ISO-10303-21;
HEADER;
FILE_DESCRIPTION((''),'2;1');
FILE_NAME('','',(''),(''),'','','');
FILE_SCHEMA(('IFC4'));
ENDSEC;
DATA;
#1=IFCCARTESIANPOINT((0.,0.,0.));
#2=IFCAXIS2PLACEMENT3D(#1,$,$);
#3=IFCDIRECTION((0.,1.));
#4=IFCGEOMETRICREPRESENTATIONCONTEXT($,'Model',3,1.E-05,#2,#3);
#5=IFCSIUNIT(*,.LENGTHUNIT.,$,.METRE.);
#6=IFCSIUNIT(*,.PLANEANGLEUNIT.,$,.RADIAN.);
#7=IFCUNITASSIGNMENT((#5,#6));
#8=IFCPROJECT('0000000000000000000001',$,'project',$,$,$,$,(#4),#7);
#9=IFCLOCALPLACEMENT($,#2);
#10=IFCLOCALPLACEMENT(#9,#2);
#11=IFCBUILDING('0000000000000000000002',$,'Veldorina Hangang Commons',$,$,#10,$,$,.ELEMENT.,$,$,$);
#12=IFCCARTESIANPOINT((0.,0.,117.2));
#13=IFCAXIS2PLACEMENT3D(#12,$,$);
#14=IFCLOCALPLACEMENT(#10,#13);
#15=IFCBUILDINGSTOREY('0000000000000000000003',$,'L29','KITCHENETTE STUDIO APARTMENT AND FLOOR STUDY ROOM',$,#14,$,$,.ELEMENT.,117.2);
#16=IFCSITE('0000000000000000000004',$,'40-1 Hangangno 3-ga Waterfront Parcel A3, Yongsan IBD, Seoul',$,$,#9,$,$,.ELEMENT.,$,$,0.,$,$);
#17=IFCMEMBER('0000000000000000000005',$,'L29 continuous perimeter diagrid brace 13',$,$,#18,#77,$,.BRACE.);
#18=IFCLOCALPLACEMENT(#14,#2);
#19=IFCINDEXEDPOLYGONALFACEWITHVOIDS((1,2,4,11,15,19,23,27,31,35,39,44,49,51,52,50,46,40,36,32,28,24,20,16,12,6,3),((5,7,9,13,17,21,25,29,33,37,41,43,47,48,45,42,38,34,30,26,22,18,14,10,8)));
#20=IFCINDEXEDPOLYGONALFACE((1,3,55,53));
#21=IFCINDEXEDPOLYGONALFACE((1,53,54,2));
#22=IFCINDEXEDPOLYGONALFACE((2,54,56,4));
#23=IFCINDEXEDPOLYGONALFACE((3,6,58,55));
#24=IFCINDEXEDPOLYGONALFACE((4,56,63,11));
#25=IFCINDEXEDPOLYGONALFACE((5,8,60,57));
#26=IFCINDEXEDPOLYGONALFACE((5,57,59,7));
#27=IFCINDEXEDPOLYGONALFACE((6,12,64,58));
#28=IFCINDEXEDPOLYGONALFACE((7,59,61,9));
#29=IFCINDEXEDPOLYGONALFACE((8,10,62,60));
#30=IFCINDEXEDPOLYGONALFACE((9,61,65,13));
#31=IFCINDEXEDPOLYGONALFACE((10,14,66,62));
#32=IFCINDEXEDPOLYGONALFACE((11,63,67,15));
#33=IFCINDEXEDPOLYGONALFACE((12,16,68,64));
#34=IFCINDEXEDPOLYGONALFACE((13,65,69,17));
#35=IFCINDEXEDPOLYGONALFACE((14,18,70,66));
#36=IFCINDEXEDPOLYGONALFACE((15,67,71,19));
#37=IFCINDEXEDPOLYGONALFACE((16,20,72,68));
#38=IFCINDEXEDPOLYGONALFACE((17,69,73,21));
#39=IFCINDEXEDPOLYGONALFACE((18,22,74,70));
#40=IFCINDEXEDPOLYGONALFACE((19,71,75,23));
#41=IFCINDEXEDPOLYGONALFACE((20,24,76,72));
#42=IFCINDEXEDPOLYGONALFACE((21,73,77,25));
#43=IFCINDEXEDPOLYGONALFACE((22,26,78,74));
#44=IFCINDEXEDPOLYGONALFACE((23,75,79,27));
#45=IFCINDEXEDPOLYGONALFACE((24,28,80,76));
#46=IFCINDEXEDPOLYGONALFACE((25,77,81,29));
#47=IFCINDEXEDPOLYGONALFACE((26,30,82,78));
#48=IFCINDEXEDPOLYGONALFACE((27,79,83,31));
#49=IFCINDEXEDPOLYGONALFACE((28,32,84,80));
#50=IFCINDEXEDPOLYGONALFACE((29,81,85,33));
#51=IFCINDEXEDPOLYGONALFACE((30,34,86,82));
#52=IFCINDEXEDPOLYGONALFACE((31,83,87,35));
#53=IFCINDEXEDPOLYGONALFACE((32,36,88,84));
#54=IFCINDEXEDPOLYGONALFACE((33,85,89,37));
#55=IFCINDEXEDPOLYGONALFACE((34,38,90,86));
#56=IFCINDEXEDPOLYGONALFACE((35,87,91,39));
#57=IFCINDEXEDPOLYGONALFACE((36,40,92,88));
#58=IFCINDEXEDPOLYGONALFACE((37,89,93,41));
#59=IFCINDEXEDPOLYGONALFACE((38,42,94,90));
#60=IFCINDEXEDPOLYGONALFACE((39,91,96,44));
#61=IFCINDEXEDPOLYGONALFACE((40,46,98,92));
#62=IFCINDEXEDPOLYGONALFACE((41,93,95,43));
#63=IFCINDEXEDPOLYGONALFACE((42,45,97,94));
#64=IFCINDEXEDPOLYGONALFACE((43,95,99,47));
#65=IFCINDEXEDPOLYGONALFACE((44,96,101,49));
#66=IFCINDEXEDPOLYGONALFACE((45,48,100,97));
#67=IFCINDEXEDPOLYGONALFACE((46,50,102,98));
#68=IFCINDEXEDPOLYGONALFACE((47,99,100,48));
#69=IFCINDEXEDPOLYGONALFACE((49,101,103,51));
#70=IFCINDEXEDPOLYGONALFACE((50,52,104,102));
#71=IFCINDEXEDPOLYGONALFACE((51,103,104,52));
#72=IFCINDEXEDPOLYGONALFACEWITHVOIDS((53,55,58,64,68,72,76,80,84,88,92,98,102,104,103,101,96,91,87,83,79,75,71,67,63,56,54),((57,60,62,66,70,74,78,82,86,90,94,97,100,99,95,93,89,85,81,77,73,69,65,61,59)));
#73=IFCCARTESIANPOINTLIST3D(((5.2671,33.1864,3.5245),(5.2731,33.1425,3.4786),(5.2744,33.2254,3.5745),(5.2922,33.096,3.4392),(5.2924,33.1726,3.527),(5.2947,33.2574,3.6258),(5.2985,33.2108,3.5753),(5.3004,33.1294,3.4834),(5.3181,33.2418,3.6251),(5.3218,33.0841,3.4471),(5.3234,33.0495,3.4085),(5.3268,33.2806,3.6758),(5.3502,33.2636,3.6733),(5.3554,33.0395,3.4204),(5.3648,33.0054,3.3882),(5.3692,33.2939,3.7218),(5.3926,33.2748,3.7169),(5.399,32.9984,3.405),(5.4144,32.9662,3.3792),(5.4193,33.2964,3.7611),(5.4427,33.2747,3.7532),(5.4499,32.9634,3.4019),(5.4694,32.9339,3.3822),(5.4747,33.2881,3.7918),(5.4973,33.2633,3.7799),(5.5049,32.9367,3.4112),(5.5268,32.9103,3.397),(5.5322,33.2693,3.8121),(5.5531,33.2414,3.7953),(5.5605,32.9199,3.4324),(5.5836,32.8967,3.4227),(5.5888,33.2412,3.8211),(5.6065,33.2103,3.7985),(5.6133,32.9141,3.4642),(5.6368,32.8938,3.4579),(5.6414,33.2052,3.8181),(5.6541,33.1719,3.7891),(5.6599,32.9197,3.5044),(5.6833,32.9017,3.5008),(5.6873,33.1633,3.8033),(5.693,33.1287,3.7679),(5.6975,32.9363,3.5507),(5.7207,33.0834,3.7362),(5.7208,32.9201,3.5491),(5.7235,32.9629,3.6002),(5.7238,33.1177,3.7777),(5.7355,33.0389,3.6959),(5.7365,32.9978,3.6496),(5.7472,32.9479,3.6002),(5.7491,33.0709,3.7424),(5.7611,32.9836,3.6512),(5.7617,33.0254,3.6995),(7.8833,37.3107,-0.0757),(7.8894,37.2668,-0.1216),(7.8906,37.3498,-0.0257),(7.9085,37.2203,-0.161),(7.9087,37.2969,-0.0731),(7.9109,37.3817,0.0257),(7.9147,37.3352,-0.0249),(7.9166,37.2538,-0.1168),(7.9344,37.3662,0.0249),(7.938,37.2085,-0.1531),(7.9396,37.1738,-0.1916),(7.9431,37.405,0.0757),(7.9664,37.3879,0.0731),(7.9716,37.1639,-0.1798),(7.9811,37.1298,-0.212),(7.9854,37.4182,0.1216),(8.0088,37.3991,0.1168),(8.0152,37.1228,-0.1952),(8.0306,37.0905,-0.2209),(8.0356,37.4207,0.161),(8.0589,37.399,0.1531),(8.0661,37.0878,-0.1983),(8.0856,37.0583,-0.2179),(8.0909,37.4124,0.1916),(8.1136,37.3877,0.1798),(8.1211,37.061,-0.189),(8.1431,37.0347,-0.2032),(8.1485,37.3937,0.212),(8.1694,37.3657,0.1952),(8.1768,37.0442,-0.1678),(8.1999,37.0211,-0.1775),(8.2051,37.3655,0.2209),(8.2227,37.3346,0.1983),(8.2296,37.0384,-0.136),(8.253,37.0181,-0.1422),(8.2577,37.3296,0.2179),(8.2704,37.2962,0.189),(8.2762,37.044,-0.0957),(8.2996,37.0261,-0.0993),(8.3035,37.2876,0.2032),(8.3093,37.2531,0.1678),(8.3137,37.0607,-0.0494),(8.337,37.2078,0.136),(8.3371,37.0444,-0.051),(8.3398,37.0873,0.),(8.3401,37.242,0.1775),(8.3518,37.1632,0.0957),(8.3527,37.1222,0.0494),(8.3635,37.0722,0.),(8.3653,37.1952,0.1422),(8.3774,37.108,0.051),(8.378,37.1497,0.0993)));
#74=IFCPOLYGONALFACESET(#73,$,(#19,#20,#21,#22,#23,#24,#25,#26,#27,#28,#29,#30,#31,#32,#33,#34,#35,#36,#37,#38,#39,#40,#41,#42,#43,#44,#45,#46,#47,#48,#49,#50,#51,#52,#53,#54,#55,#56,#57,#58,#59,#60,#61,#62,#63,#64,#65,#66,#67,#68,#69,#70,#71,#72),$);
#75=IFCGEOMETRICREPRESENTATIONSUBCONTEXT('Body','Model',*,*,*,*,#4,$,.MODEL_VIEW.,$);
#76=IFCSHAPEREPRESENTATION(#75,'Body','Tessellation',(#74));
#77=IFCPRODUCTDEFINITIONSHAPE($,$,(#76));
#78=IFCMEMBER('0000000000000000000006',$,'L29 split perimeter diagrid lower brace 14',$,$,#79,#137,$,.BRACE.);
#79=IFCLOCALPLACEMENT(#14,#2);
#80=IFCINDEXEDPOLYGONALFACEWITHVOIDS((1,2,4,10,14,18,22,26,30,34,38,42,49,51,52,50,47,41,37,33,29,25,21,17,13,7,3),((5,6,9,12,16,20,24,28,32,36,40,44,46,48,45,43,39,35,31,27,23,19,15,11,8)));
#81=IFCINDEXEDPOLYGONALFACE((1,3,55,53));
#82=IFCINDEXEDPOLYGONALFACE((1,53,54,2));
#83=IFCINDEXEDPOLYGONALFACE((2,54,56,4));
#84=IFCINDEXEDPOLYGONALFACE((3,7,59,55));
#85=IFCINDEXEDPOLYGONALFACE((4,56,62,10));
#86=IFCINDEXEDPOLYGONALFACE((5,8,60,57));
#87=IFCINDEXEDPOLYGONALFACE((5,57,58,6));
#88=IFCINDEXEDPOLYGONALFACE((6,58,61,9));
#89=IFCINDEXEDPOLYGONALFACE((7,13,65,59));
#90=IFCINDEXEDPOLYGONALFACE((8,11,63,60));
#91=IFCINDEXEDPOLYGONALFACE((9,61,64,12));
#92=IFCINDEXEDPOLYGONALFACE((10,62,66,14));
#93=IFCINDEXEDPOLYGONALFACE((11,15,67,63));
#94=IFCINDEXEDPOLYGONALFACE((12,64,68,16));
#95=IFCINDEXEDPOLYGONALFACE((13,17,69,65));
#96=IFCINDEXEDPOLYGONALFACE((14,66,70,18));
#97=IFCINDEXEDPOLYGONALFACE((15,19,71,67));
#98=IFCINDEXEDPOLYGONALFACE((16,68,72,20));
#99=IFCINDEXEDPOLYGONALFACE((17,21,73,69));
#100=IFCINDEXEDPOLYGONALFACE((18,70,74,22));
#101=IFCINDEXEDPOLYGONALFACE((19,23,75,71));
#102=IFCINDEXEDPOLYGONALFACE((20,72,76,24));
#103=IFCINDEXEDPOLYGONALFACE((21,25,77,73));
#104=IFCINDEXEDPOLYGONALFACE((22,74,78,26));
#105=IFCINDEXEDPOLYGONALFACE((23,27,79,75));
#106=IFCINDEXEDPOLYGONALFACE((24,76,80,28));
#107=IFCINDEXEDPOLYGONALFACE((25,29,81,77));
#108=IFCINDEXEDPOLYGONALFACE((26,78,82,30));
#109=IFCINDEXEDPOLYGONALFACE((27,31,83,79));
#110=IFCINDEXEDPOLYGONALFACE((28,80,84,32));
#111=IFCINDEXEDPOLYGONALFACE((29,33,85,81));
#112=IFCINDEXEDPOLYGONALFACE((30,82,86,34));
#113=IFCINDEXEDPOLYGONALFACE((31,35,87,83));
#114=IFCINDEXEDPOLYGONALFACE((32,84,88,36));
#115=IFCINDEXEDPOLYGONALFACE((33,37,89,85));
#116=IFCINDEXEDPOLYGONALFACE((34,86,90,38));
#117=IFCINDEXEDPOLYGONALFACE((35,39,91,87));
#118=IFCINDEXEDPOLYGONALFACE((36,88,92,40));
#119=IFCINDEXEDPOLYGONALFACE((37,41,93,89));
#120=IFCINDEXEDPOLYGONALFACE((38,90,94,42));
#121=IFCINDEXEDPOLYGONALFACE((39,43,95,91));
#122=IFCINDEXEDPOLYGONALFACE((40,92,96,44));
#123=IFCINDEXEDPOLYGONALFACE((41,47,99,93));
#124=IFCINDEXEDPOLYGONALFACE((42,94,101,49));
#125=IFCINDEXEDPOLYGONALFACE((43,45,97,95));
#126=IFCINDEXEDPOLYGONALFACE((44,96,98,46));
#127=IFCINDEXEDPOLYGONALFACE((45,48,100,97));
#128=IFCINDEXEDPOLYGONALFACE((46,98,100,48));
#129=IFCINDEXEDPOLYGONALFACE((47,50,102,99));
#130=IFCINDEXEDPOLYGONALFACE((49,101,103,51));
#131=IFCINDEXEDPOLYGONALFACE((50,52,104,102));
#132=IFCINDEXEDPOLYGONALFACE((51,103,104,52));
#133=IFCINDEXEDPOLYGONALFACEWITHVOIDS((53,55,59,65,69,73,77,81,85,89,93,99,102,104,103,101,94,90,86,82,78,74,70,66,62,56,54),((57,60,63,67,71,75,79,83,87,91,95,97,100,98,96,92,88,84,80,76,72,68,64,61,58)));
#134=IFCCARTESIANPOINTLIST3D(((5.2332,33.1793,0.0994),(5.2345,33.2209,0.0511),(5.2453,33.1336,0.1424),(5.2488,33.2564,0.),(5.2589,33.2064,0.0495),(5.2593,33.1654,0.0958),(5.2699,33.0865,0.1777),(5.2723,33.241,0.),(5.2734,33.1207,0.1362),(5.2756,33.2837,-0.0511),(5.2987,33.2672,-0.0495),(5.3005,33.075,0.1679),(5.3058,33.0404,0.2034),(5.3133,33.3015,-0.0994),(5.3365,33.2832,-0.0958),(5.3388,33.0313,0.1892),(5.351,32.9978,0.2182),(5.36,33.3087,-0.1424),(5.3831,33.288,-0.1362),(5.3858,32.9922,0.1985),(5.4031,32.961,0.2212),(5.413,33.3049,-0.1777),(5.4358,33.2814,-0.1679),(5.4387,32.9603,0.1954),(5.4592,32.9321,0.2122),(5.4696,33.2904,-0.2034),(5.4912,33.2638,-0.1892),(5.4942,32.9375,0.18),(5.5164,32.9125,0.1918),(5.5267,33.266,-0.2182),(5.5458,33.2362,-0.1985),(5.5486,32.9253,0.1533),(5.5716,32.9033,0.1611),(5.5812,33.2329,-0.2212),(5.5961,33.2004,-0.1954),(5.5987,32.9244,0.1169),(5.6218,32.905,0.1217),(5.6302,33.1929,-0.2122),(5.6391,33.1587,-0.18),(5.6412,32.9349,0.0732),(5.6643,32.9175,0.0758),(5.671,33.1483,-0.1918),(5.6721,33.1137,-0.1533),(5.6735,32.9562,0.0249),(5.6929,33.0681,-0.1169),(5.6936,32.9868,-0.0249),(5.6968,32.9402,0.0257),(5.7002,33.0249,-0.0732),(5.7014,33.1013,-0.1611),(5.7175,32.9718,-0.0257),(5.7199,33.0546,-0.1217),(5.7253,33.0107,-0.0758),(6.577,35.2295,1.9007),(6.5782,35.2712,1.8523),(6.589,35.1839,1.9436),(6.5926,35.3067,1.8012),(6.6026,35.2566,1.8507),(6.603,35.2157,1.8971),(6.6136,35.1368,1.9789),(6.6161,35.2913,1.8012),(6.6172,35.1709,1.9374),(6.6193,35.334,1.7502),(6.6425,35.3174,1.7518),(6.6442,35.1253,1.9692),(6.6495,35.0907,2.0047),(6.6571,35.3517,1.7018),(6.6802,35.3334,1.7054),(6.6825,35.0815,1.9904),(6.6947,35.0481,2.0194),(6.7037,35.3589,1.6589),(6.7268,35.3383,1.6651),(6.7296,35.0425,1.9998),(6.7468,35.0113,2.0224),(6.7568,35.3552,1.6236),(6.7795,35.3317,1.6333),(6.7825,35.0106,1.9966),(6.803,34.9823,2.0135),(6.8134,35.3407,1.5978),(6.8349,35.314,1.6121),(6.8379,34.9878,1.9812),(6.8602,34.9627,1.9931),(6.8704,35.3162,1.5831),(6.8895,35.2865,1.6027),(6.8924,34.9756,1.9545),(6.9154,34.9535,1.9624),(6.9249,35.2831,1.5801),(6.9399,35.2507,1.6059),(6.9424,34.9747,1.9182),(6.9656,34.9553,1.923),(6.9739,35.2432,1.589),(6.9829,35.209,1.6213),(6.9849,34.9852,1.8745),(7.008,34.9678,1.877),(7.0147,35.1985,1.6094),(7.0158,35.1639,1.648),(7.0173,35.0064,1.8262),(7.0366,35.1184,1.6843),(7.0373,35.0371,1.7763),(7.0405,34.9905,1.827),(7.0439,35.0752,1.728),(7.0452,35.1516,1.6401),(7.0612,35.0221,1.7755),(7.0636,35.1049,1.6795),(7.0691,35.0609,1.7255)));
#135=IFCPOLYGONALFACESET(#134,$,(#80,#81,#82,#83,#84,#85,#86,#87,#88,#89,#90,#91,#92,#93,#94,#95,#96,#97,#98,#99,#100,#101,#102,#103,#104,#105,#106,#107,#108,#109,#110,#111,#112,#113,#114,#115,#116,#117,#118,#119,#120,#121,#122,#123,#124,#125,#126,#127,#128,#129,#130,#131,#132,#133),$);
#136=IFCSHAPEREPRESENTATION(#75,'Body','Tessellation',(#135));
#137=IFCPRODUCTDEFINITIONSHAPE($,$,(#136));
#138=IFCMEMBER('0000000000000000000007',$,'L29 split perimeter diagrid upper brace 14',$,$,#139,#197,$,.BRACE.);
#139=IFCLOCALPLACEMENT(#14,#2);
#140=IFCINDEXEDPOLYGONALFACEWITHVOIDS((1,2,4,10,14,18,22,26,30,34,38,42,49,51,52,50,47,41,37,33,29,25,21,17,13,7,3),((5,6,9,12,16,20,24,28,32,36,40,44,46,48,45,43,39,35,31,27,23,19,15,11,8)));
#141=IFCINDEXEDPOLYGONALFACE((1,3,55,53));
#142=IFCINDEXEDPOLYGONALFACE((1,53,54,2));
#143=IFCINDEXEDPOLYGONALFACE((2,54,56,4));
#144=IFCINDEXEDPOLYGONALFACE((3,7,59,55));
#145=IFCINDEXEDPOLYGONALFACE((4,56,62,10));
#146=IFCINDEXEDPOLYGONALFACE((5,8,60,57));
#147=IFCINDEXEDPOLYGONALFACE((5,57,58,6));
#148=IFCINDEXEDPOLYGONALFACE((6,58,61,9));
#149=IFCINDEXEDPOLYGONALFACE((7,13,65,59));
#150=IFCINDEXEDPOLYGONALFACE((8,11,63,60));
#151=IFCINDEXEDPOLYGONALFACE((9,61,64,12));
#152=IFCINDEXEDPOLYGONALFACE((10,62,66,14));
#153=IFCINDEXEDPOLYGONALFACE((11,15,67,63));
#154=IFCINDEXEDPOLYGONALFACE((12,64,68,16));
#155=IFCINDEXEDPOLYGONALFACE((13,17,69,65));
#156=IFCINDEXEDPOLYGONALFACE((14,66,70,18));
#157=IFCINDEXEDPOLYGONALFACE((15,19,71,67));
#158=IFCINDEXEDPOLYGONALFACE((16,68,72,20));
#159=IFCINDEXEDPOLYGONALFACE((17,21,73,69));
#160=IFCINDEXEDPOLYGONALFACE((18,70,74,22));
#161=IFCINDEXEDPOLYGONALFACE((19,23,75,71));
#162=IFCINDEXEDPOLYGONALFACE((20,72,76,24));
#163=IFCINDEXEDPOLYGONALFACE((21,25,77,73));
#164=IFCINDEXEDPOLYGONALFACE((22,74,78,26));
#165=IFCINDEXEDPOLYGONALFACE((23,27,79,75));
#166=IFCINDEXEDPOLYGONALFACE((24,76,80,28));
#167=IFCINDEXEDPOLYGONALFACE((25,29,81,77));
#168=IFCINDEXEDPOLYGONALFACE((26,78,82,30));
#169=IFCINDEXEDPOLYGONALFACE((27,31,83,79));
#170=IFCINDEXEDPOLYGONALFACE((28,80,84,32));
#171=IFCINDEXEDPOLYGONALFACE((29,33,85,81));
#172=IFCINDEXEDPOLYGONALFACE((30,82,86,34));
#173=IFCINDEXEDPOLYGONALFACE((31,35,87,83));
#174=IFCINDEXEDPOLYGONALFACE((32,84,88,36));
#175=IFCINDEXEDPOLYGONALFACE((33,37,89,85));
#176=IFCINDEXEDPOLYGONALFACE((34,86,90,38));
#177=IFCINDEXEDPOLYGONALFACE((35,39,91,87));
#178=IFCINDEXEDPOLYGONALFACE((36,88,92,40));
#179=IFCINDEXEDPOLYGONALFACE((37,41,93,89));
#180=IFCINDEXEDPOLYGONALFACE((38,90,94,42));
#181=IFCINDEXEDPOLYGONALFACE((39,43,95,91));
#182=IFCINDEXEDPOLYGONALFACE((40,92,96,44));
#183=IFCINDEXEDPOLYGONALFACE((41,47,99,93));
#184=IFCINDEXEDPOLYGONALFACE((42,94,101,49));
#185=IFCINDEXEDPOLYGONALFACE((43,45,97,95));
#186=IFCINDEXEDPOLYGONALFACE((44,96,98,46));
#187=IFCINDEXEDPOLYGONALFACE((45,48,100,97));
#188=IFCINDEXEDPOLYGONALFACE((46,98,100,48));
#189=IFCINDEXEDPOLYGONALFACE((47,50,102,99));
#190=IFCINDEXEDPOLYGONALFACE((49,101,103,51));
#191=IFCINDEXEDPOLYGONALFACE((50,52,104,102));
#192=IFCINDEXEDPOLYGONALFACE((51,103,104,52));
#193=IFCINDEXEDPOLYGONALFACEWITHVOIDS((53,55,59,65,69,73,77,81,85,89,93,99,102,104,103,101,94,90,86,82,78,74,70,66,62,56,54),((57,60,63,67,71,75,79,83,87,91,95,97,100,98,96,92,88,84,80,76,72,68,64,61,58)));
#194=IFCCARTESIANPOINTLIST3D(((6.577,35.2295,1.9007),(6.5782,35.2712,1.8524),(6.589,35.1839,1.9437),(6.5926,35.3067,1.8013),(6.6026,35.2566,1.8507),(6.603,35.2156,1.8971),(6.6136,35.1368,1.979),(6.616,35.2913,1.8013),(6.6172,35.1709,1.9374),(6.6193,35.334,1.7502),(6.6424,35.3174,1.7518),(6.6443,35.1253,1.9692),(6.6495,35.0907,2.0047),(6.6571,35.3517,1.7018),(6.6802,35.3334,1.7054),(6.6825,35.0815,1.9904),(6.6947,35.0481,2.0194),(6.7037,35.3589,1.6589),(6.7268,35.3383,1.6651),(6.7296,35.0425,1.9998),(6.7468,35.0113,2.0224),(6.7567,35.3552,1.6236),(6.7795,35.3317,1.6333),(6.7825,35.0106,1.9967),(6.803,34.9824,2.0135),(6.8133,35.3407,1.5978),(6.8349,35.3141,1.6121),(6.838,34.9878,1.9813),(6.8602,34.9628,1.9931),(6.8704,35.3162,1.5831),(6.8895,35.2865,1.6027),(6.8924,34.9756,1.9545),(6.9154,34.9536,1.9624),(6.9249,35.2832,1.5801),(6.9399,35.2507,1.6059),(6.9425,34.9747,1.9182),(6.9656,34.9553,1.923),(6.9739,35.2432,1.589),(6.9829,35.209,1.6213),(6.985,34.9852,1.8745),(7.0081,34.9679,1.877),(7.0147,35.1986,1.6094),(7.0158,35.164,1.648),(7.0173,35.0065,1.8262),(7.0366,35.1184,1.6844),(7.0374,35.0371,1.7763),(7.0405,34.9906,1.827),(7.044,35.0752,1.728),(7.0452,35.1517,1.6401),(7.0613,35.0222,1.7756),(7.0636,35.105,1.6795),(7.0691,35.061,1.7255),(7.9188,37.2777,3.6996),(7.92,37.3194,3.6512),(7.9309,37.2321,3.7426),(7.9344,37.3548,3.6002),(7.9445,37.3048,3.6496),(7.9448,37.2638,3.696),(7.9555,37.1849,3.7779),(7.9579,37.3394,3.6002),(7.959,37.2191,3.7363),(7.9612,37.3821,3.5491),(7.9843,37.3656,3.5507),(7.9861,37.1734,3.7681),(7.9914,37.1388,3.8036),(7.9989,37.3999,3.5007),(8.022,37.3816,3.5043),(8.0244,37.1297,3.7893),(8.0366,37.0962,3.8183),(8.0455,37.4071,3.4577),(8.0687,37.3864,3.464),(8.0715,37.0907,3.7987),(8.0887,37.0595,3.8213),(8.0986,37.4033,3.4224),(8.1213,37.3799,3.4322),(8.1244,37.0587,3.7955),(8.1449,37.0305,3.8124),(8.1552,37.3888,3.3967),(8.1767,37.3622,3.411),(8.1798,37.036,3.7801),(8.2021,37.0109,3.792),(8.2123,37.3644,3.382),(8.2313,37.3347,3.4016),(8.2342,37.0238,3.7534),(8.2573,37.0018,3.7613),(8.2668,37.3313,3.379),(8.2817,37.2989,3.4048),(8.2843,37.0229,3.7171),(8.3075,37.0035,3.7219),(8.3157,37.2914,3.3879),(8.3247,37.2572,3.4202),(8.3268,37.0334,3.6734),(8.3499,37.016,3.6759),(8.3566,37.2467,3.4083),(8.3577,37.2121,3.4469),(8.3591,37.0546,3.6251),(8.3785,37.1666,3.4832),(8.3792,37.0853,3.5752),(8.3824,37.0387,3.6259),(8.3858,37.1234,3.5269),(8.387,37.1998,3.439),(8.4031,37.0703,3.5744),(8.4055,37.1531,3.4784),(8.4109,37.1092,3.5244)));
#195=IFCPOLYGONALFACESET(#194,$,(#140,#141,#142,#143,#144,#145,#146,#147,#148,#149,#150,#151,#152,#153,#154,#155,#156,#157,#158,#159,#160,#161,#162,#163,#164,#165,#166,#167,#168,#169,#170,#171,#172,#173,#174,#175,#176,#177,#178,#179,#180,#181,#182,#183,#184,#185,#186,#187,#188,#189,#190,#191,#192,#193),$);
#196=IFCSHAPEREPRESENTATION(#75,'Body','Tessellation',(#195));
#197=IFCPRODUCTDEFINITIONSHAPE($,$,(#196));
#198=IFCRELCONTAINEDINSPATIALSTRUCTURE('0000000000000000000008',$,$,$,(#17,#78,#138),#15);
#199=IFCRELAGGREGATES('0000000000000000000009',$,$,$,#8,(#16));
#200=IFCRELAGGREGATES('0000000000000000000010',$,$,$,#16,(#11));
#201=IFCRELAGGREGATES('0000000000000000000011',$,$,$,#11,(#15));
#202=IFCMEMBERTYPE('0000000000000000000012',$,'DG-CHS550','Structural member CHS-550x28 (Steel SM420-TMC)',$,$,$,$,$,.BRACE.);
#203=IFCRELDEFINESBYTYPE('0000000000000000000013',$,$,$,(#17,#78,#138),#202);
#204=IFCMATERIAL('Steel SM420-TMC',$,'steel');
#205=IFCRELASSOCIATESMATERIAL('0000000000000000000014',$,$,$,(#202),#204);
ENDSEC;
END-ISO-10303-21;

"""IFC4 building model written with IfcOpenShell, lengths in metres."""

from ifc_helpers import new_model, si_unit, direction, frame, origin, origin_2d, place, context, subcontext, project, spatial, hollow_circle, extrude, material, material_profile, profile_set, type_object, element, save


model = new_model("IFC4")

# Units and contexts
model_context = context("Model", 3, precision=1e-05, world=origin(), true_north=direction((0.0, 1.0)))
body_context = subcontext(model_context, "Body", "Model", "MODEL_VIEW")
ifc_project = project(units=[si_unit("LENGTHUNIT", "METRE"), si_unit("PLANEANGLEUNIT", "RADIAN")], contexts=[model_context])

# Site, building, storey
site_placement = place(None, origin())
site = spatial("IfcSite", under=ifc_project, at=site_placement, Name="40-1 Hangangno 3-ga Waterfront Parcel A3, Yongsan IBD, Seoul", CompositionType="ELEMENT", RefElevation=0.0)
building_placement = place(site_placement, origin())
building = spatial("IfcBuilding", under=site, at=building_placement, Name="Veldorina Hangang Commons", CompositionType="ELEMENT")
storey_placement = place(building_placement, frame((0.0, 0.0, 117.2)))
storey = spatial("IfcBuildingStorey", under=building, at=storey_placement, Name="L29", Description="KITCHENETTE STUDIO APARTMENT AND FLOOR STUDY ROOM", CompositionType="ELEMENT", Elevation=117.2)

# Shared definitions
ifc_material_1 = material(Name="Steel SM420-TMC", Category="steel")

# Members
ifc_material_profile_1 = material_profile(ifc_material_1, hollow_circle(Radius=0.2749, WallThickness=0.0281, at=origin_2d()), Name="CHS-550x28")
ifc_profile_set_1 = profile_set([ifc_material_profile_1], Name="Steel SM420-TMC")
member_type = type_object("IfcMemberType", Name="DG-CHS550", Description="Structural member CHS-550x28 (Steel SM420-TMC)", PredefinedType="BRACE", material=ifc_profile_set_1)
member_1_placement = place(storey_placement, frame((8.1313, 37.2195, 0.0), z_axis=(-0.431183, -0.679728, 0.593339), x_axis=(0.844432, -0.535662, 0.0)))
element("IfcMember", 1, at=member_1_placement, inside=storey, type_object=member_type, Name="L29 continuous perimeter diagrid brace 13", PredefinedType="BRACE", context=body_context, shape_type="SweptSolid", body=[
    extrude(hollow_circle(Radius=0.2749, WallThickness=0.0281, at=origin_2d()), origin(), (0.0, 0.0, 1.0), 6.0676),
])
member_2_placement = place(storey_placement, frame((5.4788, 33.1057, 0.0), z_axis=(0.441728, 0.673989, 0.592128), x_axis=(-0.836376, 0.548156, 0.0)))
element("IfcMember", 2, at=member_2_placement, inside=storey, type_object=member_type, Name="L29 split perimeter diagrid lower brace 14", PredefinedType="BRACE", context=body_context, shape_type="SweptSolid", body=[
    extrude(hollow_circle(Radius=0.2749, WallThickness=0.0281, at=origin_2d()), origin(), (0.0, 0.0, 1.0), 3.042),
])
member_3_placement = place(storey_placement, frame((6.8225, 35.156, 1.8013), z_axis=(0.441636, 0.674106, 0.592063), x_axis=(-0.836472, 0.548009, 0.0)))
element("IfcMember", 3, at=member_3_placement, inside=storey, type_object=member_type, Name="L29 split perimeter diagrid upper brace 14", PredefinedType="BRACE", context=body_context, shape_type="SweptSolid", body=[
    extrude(hollow_circle(Radius=0.2749, WallThickness=0.0281, at=origin_2d()), origin(), (0.0, 0.0, 1.0), 3.0383),
])

save(model, "model.ifc")
